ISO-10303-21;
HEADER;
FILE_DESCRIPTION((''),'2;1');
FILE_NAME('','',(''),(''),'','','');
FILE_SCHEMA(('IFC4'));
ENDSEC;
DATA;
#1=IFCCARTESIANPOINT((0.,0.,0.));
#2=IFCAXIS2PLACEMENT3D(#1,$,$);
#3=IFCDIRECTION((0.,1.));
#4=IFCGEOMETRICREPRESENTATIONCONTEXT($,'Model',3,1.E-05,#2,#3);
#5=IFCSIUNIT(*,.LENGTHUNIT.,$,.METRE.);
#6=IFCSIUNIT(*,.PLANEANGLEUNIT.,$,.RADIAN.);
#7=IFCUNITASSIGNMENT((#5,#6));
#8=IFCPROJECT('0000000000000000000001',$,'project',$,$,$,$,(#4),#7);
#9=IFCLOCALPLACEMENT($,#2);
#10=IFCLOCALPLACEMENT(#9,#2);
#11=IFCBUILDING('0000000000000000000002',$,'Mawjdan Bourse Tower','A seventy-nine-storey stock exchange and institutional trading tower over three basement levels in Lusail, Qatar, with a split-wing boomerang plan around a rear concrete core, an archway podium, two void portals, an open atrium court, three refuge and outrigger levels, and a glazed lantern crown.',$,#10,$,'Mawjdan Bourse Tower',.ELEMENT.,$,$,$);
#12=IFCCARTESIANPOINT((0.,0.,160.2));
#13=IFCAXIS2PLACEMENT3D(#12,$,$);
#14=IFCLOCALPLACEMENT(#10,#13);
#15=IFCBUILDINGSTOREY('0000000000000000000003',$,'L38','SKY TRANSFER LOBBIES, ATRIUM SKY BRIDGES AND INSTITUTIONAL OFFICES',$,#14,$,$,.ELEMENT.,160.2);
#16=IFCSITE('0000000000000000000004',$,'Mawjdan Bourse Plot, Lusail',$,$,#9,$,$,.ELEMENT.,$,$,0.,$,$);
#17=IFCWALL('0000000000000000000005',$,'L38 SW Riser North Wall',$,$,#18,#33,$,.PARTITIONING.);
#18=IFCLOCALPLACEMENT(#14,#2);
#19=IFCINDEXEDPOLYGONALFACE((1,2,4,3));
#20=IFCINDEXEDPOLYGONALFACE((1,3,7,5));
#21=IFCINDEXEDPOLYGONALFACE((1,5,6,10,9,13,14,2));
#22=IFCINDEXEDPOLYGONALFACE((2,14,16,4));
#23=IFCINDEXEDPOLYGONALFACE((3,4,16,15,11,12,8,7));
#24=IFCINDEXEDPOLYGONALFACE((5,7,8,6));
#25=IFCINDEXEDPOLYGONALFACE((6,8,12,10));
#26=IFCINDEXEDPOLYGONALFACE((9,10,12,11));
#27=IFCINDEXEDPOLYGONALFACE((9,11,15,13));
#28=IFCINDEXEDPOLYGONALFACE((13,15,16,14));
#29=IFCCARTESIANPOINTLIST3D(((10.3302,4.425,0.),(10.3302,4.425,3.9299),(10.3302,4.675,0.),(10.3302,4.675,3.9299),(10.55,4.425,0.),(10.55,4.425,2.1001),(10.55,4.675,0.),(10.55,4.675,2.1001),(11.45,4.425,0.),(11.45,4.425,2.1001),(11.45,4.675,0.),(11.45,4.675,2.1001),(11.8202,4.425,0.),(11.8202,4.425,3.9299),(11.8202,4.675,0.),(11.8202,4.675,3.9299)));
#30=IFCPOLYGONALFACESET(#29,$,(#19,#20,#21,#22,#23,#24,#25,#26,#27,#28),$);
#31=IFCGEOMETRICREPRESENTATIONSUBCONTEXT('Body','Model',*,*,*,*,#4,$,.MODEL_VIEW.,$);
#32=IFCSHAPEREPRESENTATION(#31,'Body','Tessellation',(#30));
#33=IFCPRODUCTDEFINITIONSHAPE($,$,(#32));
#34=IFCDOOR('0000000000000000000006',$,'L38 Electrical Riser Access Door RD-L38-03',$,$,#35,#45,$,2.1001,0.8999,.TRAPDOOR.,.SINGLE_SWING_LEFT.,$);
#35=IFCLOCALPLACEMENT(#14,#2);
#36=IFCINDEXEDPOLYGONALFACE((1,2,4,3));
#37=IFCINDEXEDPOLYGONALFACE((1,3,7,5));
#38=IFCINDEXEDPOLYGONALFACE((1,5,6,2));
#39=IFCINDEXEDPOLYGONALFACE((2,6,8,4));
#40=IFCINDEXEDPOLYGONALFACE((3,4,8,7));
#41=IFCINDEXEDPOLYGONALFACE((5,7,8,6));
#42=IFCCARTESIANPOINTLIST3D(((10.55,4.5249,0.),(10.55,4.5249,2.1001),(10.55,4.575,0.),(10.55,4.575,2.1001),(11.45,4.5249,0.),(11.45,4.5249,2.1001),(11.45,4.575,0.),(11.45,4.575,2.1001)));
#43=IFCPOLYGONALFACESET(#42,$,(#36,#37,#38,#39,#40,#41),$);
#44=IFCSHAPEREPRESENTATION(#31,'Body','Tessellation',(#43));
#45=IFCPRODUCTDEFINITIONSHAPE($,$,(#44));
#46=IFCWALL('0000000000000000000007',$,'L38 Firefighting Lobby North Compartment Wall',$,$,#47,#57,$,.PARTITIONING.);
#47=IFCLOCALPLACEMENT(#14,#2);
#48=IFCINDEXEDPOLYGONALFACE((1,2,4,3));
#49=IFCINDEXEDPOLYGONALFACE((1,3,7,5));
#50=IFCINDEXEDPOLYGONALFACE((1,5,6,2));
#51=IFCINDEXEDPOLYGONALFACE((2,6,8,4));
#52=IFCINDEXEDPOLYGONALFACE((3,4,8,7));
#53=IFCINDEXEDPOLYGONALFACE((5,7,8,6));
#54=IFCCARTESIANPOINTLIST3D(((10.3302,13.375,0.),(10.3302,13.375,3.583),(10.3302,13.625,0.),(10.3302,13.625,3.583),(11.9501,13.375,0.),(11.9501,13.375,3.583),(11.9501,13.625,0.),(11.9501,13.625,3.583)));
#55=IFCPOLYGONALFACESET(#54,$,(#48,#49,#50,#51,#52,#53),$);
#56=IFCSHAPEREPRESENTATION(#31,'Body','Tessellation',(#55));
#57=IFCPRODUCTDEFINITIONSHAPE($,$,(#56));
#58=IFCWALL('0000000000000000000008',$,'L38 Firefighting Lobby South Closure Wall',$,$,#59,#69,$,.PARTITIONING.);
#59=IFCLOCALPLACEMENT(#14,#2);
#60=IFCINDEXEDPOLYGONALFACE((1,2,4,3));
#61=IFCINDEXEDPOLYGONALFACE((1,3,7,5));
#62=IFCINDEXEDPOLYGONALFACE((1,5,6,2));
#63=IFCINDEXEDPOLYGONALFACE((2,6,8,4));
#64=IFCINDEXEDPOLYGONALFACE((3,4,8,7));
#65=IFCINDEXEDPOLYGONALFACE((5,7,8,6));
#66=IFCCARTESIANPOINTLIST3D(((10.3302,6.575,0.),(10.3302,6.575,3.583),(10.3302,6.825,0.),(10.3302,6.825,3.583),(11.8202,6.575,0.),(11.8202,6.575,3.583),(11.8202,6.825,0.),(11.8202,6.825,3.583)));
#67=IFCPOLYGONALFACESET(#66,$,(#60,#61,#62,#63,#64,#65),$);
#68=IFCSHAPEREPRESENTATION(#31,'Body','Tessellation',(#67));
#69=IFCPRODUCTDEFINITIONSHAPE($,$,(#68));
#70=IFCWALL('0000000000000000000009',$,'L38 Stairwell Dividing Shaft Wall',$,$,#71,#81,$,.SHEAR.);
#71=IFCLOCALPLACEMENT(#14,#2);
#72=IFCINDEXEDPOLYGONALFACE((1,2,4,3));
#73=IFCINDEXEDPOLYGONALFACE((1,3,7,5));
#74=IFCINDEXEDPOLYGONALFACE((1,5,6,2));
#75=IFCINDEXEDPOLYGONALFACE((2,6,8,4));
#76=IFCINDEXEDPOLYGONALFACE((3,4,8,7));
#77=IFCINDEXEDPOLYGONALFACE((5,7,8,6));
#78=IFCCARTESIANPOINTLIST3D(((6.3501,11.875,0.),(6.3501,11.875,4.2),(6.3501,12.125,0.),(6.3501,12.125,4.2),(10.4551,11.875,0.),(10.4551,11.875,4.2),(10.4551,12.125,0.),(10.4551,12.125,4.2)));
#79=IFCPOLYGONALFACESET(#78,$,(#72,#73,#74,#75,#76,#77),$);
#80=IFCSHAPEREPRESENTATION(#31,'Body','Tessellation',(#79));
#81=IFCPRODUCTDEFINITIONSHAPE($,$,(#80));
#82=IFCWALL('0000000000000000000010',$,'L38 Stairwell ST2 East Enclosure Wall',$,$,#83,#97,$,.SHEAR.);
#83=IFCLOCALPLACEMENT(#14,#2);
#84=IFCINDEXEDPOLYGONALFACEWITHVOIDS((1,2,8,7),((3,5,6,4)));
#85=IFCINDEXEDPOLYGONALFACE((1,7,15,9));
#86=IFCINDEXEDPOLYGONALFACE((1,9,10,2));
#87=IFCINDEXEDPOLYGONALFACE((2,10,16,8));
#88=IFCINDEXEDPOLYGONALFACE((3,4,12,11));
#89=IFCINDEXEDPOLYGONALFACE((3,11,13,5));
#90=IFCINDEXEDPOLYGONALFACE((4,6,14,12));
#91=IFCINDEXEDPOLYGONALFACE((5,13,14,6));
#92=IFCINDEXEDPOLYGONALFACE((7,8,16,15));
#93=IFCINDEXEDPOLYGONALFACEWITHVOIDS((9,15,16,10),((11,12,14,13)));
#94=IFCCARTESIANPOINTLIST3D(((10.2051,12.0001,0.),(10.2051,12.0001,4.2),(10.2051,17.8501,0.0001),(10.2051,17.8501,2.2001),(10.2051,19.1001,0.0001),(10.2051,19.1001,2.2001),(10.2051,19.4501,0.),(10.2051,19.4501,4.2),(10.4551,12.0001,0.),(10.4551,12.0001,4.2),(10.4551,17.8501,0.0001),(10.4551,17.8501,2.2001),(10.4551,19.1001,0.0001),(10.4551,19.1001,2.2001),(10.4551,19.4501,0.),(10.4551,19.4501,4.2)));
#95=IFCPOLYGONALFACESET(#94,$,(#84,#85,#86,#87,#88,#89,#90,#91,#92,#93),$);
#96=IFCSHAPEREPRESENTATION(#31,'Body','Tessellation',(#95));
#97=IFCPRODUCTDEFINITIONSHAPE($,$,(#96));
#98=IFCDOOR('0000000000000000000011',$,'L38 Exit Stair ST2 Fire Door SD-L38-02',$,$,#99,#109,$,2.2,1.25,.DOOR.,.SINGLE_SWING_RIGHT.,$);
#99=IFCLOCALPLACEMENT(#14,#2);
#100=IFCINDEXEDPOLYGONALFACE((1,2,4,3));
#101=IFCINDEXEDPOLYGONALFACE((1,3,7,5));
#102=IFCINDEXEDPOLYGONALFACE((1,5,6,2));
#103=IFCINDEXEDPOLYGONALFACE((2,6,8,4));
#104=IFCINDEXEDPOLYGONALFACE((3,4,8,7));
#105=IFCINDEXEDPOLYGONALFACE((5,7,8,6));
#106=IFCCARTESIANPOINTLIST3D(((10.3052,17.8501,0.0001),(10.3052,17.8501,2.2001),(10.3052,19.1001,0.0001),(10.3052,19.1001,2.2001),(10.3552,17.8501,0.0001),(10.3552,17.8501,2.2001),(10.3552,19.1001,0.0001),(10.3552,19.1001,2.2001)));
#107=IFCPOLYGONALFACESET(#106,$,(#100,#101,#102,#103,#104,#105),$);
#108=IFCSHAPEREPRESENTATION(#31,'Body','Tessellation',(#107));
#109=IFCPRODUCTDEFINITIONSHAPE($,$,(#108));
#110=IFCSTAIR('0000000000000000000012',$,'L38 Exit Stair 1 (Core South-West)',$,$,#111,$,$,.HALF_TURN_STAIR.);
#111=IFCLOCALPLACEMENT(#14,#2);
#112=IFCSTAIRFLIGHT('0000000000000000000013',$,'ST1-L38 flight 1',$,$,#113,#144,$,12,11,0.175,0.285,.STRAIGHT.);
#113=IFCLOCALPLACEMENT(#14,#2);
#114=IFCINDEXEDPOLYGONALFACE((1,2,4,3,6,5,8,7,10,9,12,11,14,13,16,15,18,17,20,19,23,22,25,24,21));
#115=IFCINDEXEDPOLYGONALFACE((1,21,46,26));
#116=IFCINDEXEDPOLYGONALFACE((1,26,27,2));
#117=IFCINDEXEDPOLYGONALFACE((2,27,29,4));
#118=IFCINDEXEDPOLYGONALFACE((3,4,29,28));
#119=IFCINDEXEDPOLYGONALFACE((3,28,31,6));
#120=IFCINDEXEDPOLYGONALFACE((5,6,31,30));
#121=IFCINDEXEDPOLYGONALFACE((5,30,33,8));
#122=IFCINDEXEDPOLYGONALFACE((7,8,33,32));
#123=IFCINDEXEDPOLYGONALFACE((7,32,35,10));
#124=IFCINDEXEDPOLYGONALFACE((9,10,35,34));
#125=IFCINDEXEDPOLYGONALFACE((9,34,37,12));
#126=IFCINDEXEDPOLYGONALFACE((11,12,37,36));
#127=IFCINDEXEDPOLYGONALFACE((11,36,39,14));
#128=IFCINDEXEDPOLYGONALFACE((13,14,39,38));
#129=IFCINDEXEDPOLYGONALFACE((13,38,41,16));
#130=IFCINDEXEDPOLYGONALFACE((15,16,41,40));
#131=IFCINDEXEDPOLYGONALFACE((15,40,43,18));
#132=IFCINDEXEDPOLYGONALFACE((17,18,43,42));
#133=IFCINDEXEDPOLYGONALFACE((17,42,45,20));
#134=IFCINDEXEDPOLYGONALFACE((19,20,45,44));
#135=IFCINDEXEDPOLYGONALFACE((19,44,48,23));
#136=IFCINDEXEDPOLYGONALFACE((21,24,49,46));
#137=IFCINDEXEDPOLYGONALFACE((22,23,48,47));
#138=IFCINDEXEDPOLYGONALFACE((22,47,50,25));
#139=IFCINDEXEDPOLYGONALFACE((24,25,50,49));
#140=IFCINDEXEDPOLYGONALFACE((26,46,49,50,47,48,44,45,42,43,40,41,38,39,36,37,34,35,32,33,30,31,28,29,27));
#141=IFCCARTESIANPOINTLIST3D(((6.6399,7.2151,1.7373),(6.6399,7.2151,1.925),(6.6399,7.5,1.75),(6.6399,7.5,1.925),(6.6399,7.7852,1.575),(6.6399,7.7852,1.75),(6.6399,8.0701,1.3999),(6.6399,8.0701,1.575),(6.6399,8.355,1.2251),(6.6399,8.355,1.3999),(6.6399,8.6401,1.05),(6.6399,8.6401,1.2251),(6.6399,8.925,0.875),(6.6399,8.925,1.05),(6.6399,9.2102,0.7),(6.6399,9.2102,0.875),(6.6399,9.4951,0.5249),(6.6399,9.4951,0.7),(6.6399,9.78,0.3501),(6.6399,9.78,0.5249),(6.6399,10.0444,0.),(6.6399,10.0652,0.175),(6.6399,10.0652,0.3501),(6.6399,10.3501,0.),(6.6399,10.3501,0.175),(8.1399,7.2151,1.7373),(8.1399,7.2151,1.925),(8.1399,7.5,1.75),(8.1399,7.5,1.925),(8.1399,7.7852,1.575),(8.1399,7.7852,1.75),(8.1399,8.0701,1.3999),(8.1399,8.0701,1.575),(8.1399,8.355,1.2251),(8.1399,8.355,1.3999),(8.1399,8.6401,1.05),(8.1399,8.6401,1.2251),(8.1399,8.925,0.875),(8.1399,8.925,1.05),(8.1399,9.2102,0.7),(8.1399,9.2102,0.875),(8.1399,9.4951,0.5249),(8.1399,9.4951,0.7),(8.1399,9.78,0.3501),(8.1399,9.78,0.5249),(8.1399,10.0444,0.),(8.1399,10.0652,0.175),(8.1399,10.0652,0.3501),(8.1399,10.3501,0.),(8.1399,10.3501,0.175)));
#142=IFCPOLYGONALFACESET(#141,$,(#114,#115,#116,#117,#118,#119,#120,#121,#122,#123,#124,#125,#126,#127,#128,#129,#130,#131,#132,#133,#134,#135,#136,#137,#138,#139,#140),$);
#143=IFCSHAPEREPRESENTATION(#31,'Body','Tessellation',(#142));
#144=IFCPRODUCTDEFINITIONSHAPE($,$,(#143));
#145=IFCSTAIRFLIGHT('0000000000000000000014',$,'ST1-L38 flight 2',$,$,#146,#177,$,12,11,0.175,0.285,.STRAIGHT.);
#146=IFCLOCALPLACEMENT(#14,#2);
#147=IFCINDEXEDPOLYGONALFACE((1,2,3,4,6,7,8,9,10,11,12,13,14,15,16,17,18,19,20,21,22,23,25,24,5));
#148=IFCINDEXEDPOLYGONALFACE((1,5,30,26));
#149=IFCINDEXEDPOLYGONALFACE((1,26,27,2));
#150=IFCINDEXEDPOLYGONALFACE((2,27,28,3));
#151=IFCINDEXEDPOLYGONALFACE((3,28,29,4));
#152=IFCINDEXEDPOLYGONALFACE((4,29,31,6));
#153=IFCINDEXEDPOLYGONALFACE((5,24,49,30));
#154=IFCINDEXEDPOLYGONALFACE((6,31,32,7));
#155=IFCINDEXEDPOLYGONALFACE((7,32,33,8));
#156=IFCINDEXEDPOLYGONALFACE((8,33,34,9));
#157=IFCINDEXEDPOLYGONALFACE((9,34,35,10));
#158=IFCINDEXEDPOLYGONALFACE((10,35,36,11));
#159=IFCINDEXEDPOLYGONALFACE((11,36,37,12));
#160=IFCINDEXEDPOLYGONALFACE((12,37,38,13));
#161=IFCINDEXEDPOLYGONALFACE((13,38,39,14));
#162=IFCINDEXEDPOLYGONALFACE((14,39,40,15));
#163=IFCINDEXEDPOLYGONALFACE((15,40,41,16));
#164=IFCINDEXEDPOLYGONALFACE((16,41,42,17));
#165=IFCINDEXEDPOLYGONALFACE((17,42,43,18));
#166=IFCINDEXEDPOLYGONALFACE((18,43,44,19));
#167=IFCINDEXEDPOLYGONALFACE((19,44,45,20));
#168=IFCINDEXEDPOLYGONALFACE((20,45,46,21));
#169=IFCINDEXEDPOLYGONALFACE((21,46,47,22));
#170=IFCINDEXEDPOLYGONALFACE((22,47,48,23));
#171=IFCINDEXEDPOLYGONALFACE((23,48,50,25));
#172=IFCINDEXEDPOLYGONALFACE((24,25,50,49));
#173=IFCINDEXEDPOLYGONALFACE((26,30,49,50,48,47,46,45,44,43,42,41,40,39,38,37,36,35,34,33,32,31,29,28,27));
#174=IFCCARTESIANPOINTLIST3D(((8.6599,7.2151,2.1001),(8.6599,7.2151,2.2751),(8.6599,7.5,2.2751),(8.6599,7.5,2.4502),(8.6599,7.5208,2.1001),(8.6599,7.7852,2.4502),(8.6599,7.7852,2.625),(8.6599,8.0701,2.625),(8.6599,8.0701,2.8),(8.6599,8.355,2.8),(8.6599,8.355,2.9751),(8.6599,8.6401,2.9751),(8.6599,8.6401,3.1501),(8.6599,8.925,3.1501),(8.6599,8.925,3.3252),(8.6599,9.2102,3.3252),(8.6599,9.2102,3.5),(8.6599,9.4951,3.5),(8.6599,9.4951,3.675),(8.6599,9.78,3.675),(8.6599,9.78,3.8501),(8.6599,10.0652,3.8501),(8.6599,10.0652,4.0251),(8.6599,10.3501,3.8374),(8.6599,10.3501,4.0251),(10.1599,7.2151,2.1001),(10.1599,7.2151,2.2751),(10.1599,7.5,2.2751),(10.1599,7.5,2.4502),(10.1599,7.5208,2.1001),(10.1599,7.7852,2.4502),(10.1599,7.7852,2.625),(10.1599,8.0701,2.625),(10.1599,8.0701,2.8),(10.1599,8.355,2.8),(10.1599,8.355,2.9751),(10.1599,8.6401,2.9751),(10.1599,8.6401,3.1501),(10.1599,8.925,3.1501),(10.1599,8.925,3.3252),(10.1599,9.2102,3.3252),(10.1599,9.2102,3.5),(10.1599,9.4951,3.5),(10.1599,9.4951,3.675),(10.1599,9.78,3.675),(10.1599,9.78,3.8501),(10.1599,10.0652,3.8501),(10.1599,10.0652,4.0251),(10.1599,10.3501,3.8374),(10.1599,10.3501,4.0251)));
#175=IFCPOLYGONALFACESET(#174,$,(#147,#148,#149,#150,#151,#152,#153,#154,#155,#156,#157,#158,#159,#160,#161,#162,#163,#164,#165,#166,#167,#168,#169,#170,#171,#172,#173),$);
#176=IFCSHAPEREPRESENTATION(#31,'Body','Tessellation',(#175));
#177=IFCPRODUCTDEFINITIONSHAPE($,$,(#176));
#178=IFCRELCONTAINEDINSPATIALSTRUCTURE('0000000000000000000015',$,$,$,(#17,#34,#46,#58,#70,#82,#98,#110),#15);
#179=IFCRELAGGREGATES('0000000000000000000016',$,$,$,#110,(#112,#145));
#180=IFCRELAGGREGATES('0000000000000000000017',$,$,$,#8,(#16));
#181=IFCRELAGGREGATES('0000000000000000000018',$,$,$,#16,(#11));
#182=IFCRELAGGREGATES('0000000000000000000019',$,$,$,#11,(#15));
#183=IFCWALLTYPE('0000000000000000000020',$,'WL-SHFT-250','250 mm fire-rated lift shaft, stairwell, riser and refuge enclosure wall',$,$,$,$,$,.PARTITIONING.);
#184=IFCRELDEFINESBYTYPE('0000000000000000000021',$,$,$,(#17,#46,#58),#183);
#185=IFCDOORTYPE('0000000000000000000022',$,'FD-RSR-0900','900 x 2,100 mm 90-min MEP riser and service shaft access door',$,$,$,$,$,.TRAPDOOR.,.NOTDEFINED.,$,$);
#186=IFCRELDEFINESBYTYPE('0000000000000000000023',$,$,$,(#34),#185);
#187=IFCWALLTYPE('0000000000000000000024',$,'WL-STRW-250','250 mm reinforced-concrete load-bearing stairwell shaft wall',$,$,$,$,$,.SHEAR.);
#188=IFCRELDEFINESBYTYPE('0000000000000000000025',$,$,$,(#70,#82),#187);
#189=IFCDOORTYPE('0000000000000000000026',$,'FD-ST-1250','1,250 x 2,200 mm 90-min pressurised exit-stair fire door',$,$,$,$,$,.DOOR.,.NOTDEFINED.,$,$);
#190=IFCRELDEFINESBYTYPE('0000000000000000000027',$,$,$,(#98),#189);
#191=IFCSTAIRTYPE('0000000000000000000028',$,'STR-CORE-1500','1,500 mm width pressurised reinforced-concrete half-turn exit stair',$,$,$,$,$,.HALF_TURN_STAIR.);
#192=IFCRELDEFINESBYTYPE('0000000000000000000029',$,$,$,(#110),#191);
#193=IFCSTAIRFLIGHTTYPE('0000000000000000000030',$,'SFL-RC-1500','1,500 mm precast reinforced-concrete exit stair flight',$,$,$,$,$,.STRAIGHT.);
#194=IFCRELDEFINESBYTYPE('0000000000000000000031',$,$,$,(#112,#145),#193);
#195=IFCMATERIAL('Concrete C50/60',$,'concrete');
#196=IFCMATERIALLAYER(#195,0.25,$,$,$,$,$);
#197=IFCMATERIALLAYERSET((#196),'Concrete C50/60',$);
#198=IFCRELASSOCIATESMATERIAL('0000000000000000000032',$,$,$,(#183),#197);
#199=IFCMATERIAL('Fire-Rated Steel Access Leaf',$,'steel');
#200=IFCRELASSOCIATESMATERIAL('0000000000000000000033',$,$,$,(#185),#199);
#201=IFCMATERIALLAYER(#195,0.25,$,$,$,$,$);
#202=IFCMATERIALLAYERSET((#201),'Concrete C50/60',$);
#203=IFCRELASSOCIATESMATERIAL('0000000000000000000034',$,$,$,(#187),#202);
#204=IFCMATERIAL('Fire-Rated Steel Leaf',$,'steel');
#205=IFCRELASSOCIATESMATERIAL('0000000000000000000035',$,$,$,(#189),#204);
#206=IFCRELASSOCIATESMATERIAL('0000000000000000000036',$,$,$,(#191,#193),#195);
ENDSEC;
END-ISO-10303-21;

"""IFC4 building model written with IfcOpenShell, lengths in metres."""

from ifc_helpers import new_model, si_unit, direction, frame, frame_2d, origin, place, context, subcontext, project, spatial, polyline, rectangle, outline, extrude, material, layer, layer_set, type_object, element, fill, aggregate, save


model = new_model("IFC4")

# Units and contexts
model_context = context("Model", 3, precision=1e-05, world=origin(), true_north=direction((0.0, 1.0)))
body_context = subcontext(model_context, "Body", "Model", "MODEL_VIEW")
ifc_project = project(units=[si_unit("LENGTHUNIT", "METRE"), si_unit("PLANEANGLEUNIT", "RADIAN")], contexts=[model_context])

# Site, building, storey
site_placement = place(None, origin())
site = spatial("IfcSite", under=ifc_project, at=site_placement, Name="Mawjdan Bourse Plot, Lusail", CompositionType="ELEMENT", RefElevation=0.0)
building_placement = place(site_placement, origin())
building = spatial("IfcBuilding", under=site, at=building_placement, Name="Mawjdan Bourse Tower", Description="A seventy-nine-storey stock exchange and institutional trading tower over three basement levels in Lusail, Qatar, with a split-wing boomerang plan around a rear concrete core, an archway podium, two void portals, an open atrium court, three refuge and outrigger levels, and a glazed lantern crown.", LongName="Mawjdan Bourse Tower", CompositionType="ELEMENT")
storey_placement = place(building_placement, frame((0.0, 0.0, 160.2)))
storey = spatial("IfcBuildingStorey", under=building, at=storey_placement, Name="L38", Description="SKY TRANSFER LOBBIES, ATRIUM SKY BRIDGES AND INSTITUTIONAL OFFICES", CompositionType="ELEMENT", Elevation=160.2)

# Wall, opening, door
ifc_material_1 = material(Name="Concrete C50/60", Category="concrete")
ifc_layer_1 = layer(ifc_material_1, 0.25)
ifc_layer_set_1 = layer_set([ifc_layer_1], Name="Concrete C50/60")
wall_type_1 = type_object("IfcWallType", Name="WL-SHFT-250", Description="250 mm fire-rated lift shaft, stairwell, riser and refuge enclosure wall", PredefinedType="PARTITIONING", material=ifc_layer_set_1)
wall_1_placement = place(storey_placement, frame((10.3301, 4.55, 0.0), z_axis=(0.0, 0.0, 1.0), x_axis=(1.0, 0.0, 0.0)))
wall_1 = element("IfcWall", 1, at=wall_1_placement, inside=storey, type_object=wall_type_1, Name="L38 SW Riser North Wall", PredefinedType="PARTITIONING", context=body_context, shape_type="SweptSolid", body=[
    extrude(rectangle(XDim=1.49, YDim=0.25, at=frame_2d((0.7451, 0.0))), origin(), (0.0, 0.0, 1.0), 3.9299),
])
opening_1_placement = place(wall_1_placement, frame((0.22, 0.0, 0.0)))
opening_1 = element("IfcOpeningElement", 2, at=opening_1_placement, cuts=wall_1, PredefinedType="OPENING", context=body_context, shape_type="SweptSolid", body=[
    extrude(rectangle(XDim=0.8999, YDim=2.1001, at=frame_2d((0.45, 1.05))), frame((0.0, 0.135, 0.0), z_axis=(0.0, -1.0, 0.0), x_axis=(1.0, 0.0, 0.0)), (0.0, 0.0, 1.0), 0.27),
])
ifc_material_2 = material(Name="Fire-Rated Steel Access Leaf", Category="steel")
door_type_1 = type_object("IfcDoorType", Name="FD-RSR-0900", Description="900 x 2,100 mm 90-min MEP riser and service shaft access door", OperationType="NOTDEFINED", PredefinedType="TRAPDOOR", material=ifc_material_2)
door_1_placement = place(opening_1_placement, origin())
door_1 = element("IfcDoor", 3, at=door_1_placement, inside=storey, type_object=door_type_1, Name="L38 Electrical Riser Access Door RD-L38-03", OperationType="SINGLE_SWING_LEFT", OverallHeight=2.1001, OverallWidth=0.8999, PredefinedType="TRAPDOOR", context=body_context, shape_type="SweptSolid", body=[
    extrude(rectangle(XDim=0.8999, YDim=2.1001, at=frame_2d((0.45, 1.05))), frame((0.0, 0.0249, 0.0), z_axis=(0.0, -1.0, 0.0), x_axis=(1.0, 0.0, 0.0)), (0.0, 0.0, 1.0), 0.05),
])
fill(opening_1, door_1)

# Walls
wall_2_placement = place(storey_placement, frame((10.3301, 13.5, 0.0), z_axis=(0.0, 0.0, 1.0), x_axis=(1.0, 0.0, 0.0)))
element("IfcWall", 4, at=wall_2_placement, inside=storey, type_object=wall_type_1, Name="L38 Firefighting Lobby North Compartment Wall", PredefinedType="PARTITIONING", context=body_context, shape_type="SweptSolid", body=[
    extrude(rectangle(XDim=1.6199, YDim=0.25, at=frame_2d((0.8101, 0.0))), origin(), (0.0, 0.0, 1.0), 3.583),
])
wall_3_placement = place(storey_placement, frame((10.3301, 6.7, 0.0), z_axis=(0.0, 0.0, 1.0), x_axis=(1.0, 0.0, 0.0)))
element("IfcWall", 5, at=wall_3_placement, inside=storey, type_object=wall_type_1, Name="L38 Firefighting Lobby South Closure Wall", PredefinedType="PARTITIONING", context=body_context, shape_type="SweptSolid", body=[
    extrude(rectangle(XDim=1.49, YDim=0.25, at=frame_2d((0.7451, 0.0))), origin(), (0.0, 0.0, 1.0), 3.583),
])
ifc_layer_2 = layer(ifc_material_1, 0.25)
ifc_layer_set_2 = layer_set([ifc_layer_2], Name="Concrete C50/60")
wall_type_2 = type_object("IfcWallType", Name="WL-STRW-250", Description="250 mm reinforced-concrete load-bearing stairwell shaft wall", PredefinedType="SHEAR", material=ifc_layer_set_2)
wall_4_placement = place(storey_placement, frame((6.3501, 12.0, 0.0), z_axis=(0.0, 0.0, 1.0), x_axis=(1.0, 0.0, 0.0)))
element("IfcWall", 6, at=wall_4_placement, inside=storey, type_object=wall_type_2, Name="L38 Stairwell Dividing Shaft Wall", PredefinedType="SHEAR", context=body_context, shape_type="SweptSolid", body=[
    extrude(rectangle(XDim=4.105, YDim=0.25, at=frame_2d((2.0525, 0.0))), origin(), (0.0, 0.0, 1.0), 4.2),
])

# Wall, opening, door
wall_5_placement = place(storey_placement, frame((10.3301, 12.0, 0.0), z_axis=(0.0, 0.0, 1.0), x_axis=(0.0, 1.0, 0.0)))
wall_5 = element("IfcWall", 7, at=wall_5_placement, inside=storey, type_object=wall_type_2, Name="L38 Stairwell ST2 East Enclosure Wall", PredefinedType="SHEAR", context=body_context, shape_type="SweptSolid", body=[
    extrude(rectangle(XDim=7.45, YDim=0.25, at=frame_2d((3.7251, 0.0))), origin(), (0.0, 0.0, 1.0), 4.2),
])
opening_2_placement = place(wall_5_placement, frame((5.8501, 0.0, 0.0)))
opening_2 = element("IfcOpeningElement", 8, at=opening_2_placement, cuts=wall_5, PredefinedType="OPENING", context=body_context, shape_type="SweptSolid", body=[
    extrude(rectangle(XDim=1.25, YDim=2.2, at=frame_2d((0.625, 1.1001))), frame((0.0, 0.135, 0.0), z_axis=(0.0, -1.0, 0.0), x_axis=(1.0, 0.0, 0.0)), (0.0, 0.0, 1.0), 0.27),
])
ifc_material_3 = material(Name="Fire-Rated Steel Leaf", Category="steel")
door_type_2 = type_object("IfcDoorType", Name="FD-ST-1250", Description="1,250 x 2,200 mm 90-min pressurised exit-stair fire door", OperationType="NOTDEFINED", PredefinedType="DOOR", material=ifc_material_3)
door_2_placement = place(opening_2_placement, origin())
door_2 = element("IfcDoor", 9, at=door_2_placement, inside=storey, type_object=door_type_2, Name="L38 Exit Stair ST2 Fire Door SD-L38-02", OperationType="SINGLE_SWING_RIGHT", OverallHeight=2.2, OverallWidth=1.25, PredefinedType="DOOR", context=body_context, shape_type="SweptSolid", body=[
    extrude(rectangle(XDim=1.25, YDim=2.2, at=frame_2d((0.625, 1.1001))), frame((0.0, 0.0249, 0.0), z_axis=(0.0, -1.0, 0.0), x_axis=(1.0, 0.0, 0.0)), (0.0, 0.0, 1.0), 0.05),
])
fill(opening_2, door_2)

# Stair, stair flights
stair_type = type_object("IfcStairType", Name="STR-CORE-1500", Description="1,500 mm width pressurised reinforced-concrete half-turn exit stair", PredefinedType="HALF_TURN_STAIR", material=ifc_material_1)
stair_1_placement = place(storey_placement, origin())
stair_1 = element("IfcStair", 10, at=stair_1_placement, inside=storey, type_object=stair_type, Name="L38 Exit Stair 1 (Core South-West)", PredefinedType="HALF_TURN_STAIR")
stair_flight_type = type_object("IfcStairFlightType", Name="SFL-RC-1500", Description="1,500 mm precast reinforced-concrete exit stair flight", PredefinedType="STRAIGHT", material=ifc_material_1)
stair_flight_1_placement = place(storey_placement, frame((7.3899, 10.3501, 0.0), z_axis=(0.0, 0.0, 1.0), x_axis=(0.0, -1.0, 0.0)))
stair_flight_1 = element("IfcStairFlight", 11, at=stair_flight_1_placement, type_object=stair_flight_type, Name="ST1-L38 flight 1", NumberOfRisers=12, NumberOfTreads=11, PredefinedType="STRAIGHT", RiserHeight=0.175, TreadLength=0.285, context=body_context, shape_type="SweptSolid", body=[
    extrude(outline(polyline([(0.0, 0.0), (0.0, 0.175), (0.2849, 0.175), (0.2849, 0.3501), (0.5701, 0.3501), (0.5701, 0.5249), (0.855, 0.5249), (0.855, 0.7), (1.1399, 0.7), (1.1399, 0.875), (1.425, 0.875), (1.425, 1.05), (1.71, 1.05), (1.71, 1.2251), (1.9951, 1.2251), (1.9951, 1.3999), (2.28, 1.3999), (2.28, 1.575), (2.5649, 1.575), (2.5649, 1.75), (2.8501, 1.75), (2.8501, 1.925), (3.135, 1.925), (3.135, 2.1001), (3.135, 1.7373), (0.3057, 0.0), (0.0, 0.0)])), frame((0.0, 0.75, 0.0), z_axis=(0.0, -1.0, 0.0), x_axis=(1.0, 0.0, 0.0)), (0.0, 0.0, 1.0), 1.5),
])
stair_flight_2_placement = place(storey_placement, frame((9.4099, 7.2151, 2.1001), z_axis=(0.0, 0.0, 1.0), x_axis=(0.0, 1.0, 0.0)))
stair_flight_2 = element("IfcStairFlight", 12, at=stair_flight_2_placement, type_object=stair_flight_type, Name="ST1-L38 flight 2", NumberOfRisers=12, NumberOfTreads=11, PredefinedType="STRAIGHT", RiserHeight=0.175, TreadLength=0.285, context=body_context, shape_type="SweptSolid", body=[
    extrude(outline(polyline([(0.0, 0.0), (0.0, 0.175), (0.2849, 0.175), (0.2849, 0.3501), (0.5701, 0.3501), (0.5701, 0.5249), (0.855, 0.5249), (0.855, 0.7), (1.1399, 0.7), (1.1399, 0.875), (1.425, 0.875), (1.425, 1.05), (1.71, 1.05), (1.71, 1.2251), (1.9951, 1.2251), (1.9951, 1.3999), (2.28, 1.3999), (2.28, 1.575), (2.5649, 1.575), (2.5649, 1.75), (2.8501, 1.75), (2.8501, 1.925), (3.135, 1.925), (3.135, 2.1001), (3.135, 1.7373), (0.3057, 0.0), (0.0, 0.0)])), frame((0.0, 0.75, 0.0), z_axis=(0.0, -1.0, 0.0), x_axis=(1.0, 0.0, 0.0)), (0.0, 0.0, 1.0), 1.5),
])
aggregate(stair_1, [stair_flight_1, stair_flight_2])

save(model, "model.ifc")
